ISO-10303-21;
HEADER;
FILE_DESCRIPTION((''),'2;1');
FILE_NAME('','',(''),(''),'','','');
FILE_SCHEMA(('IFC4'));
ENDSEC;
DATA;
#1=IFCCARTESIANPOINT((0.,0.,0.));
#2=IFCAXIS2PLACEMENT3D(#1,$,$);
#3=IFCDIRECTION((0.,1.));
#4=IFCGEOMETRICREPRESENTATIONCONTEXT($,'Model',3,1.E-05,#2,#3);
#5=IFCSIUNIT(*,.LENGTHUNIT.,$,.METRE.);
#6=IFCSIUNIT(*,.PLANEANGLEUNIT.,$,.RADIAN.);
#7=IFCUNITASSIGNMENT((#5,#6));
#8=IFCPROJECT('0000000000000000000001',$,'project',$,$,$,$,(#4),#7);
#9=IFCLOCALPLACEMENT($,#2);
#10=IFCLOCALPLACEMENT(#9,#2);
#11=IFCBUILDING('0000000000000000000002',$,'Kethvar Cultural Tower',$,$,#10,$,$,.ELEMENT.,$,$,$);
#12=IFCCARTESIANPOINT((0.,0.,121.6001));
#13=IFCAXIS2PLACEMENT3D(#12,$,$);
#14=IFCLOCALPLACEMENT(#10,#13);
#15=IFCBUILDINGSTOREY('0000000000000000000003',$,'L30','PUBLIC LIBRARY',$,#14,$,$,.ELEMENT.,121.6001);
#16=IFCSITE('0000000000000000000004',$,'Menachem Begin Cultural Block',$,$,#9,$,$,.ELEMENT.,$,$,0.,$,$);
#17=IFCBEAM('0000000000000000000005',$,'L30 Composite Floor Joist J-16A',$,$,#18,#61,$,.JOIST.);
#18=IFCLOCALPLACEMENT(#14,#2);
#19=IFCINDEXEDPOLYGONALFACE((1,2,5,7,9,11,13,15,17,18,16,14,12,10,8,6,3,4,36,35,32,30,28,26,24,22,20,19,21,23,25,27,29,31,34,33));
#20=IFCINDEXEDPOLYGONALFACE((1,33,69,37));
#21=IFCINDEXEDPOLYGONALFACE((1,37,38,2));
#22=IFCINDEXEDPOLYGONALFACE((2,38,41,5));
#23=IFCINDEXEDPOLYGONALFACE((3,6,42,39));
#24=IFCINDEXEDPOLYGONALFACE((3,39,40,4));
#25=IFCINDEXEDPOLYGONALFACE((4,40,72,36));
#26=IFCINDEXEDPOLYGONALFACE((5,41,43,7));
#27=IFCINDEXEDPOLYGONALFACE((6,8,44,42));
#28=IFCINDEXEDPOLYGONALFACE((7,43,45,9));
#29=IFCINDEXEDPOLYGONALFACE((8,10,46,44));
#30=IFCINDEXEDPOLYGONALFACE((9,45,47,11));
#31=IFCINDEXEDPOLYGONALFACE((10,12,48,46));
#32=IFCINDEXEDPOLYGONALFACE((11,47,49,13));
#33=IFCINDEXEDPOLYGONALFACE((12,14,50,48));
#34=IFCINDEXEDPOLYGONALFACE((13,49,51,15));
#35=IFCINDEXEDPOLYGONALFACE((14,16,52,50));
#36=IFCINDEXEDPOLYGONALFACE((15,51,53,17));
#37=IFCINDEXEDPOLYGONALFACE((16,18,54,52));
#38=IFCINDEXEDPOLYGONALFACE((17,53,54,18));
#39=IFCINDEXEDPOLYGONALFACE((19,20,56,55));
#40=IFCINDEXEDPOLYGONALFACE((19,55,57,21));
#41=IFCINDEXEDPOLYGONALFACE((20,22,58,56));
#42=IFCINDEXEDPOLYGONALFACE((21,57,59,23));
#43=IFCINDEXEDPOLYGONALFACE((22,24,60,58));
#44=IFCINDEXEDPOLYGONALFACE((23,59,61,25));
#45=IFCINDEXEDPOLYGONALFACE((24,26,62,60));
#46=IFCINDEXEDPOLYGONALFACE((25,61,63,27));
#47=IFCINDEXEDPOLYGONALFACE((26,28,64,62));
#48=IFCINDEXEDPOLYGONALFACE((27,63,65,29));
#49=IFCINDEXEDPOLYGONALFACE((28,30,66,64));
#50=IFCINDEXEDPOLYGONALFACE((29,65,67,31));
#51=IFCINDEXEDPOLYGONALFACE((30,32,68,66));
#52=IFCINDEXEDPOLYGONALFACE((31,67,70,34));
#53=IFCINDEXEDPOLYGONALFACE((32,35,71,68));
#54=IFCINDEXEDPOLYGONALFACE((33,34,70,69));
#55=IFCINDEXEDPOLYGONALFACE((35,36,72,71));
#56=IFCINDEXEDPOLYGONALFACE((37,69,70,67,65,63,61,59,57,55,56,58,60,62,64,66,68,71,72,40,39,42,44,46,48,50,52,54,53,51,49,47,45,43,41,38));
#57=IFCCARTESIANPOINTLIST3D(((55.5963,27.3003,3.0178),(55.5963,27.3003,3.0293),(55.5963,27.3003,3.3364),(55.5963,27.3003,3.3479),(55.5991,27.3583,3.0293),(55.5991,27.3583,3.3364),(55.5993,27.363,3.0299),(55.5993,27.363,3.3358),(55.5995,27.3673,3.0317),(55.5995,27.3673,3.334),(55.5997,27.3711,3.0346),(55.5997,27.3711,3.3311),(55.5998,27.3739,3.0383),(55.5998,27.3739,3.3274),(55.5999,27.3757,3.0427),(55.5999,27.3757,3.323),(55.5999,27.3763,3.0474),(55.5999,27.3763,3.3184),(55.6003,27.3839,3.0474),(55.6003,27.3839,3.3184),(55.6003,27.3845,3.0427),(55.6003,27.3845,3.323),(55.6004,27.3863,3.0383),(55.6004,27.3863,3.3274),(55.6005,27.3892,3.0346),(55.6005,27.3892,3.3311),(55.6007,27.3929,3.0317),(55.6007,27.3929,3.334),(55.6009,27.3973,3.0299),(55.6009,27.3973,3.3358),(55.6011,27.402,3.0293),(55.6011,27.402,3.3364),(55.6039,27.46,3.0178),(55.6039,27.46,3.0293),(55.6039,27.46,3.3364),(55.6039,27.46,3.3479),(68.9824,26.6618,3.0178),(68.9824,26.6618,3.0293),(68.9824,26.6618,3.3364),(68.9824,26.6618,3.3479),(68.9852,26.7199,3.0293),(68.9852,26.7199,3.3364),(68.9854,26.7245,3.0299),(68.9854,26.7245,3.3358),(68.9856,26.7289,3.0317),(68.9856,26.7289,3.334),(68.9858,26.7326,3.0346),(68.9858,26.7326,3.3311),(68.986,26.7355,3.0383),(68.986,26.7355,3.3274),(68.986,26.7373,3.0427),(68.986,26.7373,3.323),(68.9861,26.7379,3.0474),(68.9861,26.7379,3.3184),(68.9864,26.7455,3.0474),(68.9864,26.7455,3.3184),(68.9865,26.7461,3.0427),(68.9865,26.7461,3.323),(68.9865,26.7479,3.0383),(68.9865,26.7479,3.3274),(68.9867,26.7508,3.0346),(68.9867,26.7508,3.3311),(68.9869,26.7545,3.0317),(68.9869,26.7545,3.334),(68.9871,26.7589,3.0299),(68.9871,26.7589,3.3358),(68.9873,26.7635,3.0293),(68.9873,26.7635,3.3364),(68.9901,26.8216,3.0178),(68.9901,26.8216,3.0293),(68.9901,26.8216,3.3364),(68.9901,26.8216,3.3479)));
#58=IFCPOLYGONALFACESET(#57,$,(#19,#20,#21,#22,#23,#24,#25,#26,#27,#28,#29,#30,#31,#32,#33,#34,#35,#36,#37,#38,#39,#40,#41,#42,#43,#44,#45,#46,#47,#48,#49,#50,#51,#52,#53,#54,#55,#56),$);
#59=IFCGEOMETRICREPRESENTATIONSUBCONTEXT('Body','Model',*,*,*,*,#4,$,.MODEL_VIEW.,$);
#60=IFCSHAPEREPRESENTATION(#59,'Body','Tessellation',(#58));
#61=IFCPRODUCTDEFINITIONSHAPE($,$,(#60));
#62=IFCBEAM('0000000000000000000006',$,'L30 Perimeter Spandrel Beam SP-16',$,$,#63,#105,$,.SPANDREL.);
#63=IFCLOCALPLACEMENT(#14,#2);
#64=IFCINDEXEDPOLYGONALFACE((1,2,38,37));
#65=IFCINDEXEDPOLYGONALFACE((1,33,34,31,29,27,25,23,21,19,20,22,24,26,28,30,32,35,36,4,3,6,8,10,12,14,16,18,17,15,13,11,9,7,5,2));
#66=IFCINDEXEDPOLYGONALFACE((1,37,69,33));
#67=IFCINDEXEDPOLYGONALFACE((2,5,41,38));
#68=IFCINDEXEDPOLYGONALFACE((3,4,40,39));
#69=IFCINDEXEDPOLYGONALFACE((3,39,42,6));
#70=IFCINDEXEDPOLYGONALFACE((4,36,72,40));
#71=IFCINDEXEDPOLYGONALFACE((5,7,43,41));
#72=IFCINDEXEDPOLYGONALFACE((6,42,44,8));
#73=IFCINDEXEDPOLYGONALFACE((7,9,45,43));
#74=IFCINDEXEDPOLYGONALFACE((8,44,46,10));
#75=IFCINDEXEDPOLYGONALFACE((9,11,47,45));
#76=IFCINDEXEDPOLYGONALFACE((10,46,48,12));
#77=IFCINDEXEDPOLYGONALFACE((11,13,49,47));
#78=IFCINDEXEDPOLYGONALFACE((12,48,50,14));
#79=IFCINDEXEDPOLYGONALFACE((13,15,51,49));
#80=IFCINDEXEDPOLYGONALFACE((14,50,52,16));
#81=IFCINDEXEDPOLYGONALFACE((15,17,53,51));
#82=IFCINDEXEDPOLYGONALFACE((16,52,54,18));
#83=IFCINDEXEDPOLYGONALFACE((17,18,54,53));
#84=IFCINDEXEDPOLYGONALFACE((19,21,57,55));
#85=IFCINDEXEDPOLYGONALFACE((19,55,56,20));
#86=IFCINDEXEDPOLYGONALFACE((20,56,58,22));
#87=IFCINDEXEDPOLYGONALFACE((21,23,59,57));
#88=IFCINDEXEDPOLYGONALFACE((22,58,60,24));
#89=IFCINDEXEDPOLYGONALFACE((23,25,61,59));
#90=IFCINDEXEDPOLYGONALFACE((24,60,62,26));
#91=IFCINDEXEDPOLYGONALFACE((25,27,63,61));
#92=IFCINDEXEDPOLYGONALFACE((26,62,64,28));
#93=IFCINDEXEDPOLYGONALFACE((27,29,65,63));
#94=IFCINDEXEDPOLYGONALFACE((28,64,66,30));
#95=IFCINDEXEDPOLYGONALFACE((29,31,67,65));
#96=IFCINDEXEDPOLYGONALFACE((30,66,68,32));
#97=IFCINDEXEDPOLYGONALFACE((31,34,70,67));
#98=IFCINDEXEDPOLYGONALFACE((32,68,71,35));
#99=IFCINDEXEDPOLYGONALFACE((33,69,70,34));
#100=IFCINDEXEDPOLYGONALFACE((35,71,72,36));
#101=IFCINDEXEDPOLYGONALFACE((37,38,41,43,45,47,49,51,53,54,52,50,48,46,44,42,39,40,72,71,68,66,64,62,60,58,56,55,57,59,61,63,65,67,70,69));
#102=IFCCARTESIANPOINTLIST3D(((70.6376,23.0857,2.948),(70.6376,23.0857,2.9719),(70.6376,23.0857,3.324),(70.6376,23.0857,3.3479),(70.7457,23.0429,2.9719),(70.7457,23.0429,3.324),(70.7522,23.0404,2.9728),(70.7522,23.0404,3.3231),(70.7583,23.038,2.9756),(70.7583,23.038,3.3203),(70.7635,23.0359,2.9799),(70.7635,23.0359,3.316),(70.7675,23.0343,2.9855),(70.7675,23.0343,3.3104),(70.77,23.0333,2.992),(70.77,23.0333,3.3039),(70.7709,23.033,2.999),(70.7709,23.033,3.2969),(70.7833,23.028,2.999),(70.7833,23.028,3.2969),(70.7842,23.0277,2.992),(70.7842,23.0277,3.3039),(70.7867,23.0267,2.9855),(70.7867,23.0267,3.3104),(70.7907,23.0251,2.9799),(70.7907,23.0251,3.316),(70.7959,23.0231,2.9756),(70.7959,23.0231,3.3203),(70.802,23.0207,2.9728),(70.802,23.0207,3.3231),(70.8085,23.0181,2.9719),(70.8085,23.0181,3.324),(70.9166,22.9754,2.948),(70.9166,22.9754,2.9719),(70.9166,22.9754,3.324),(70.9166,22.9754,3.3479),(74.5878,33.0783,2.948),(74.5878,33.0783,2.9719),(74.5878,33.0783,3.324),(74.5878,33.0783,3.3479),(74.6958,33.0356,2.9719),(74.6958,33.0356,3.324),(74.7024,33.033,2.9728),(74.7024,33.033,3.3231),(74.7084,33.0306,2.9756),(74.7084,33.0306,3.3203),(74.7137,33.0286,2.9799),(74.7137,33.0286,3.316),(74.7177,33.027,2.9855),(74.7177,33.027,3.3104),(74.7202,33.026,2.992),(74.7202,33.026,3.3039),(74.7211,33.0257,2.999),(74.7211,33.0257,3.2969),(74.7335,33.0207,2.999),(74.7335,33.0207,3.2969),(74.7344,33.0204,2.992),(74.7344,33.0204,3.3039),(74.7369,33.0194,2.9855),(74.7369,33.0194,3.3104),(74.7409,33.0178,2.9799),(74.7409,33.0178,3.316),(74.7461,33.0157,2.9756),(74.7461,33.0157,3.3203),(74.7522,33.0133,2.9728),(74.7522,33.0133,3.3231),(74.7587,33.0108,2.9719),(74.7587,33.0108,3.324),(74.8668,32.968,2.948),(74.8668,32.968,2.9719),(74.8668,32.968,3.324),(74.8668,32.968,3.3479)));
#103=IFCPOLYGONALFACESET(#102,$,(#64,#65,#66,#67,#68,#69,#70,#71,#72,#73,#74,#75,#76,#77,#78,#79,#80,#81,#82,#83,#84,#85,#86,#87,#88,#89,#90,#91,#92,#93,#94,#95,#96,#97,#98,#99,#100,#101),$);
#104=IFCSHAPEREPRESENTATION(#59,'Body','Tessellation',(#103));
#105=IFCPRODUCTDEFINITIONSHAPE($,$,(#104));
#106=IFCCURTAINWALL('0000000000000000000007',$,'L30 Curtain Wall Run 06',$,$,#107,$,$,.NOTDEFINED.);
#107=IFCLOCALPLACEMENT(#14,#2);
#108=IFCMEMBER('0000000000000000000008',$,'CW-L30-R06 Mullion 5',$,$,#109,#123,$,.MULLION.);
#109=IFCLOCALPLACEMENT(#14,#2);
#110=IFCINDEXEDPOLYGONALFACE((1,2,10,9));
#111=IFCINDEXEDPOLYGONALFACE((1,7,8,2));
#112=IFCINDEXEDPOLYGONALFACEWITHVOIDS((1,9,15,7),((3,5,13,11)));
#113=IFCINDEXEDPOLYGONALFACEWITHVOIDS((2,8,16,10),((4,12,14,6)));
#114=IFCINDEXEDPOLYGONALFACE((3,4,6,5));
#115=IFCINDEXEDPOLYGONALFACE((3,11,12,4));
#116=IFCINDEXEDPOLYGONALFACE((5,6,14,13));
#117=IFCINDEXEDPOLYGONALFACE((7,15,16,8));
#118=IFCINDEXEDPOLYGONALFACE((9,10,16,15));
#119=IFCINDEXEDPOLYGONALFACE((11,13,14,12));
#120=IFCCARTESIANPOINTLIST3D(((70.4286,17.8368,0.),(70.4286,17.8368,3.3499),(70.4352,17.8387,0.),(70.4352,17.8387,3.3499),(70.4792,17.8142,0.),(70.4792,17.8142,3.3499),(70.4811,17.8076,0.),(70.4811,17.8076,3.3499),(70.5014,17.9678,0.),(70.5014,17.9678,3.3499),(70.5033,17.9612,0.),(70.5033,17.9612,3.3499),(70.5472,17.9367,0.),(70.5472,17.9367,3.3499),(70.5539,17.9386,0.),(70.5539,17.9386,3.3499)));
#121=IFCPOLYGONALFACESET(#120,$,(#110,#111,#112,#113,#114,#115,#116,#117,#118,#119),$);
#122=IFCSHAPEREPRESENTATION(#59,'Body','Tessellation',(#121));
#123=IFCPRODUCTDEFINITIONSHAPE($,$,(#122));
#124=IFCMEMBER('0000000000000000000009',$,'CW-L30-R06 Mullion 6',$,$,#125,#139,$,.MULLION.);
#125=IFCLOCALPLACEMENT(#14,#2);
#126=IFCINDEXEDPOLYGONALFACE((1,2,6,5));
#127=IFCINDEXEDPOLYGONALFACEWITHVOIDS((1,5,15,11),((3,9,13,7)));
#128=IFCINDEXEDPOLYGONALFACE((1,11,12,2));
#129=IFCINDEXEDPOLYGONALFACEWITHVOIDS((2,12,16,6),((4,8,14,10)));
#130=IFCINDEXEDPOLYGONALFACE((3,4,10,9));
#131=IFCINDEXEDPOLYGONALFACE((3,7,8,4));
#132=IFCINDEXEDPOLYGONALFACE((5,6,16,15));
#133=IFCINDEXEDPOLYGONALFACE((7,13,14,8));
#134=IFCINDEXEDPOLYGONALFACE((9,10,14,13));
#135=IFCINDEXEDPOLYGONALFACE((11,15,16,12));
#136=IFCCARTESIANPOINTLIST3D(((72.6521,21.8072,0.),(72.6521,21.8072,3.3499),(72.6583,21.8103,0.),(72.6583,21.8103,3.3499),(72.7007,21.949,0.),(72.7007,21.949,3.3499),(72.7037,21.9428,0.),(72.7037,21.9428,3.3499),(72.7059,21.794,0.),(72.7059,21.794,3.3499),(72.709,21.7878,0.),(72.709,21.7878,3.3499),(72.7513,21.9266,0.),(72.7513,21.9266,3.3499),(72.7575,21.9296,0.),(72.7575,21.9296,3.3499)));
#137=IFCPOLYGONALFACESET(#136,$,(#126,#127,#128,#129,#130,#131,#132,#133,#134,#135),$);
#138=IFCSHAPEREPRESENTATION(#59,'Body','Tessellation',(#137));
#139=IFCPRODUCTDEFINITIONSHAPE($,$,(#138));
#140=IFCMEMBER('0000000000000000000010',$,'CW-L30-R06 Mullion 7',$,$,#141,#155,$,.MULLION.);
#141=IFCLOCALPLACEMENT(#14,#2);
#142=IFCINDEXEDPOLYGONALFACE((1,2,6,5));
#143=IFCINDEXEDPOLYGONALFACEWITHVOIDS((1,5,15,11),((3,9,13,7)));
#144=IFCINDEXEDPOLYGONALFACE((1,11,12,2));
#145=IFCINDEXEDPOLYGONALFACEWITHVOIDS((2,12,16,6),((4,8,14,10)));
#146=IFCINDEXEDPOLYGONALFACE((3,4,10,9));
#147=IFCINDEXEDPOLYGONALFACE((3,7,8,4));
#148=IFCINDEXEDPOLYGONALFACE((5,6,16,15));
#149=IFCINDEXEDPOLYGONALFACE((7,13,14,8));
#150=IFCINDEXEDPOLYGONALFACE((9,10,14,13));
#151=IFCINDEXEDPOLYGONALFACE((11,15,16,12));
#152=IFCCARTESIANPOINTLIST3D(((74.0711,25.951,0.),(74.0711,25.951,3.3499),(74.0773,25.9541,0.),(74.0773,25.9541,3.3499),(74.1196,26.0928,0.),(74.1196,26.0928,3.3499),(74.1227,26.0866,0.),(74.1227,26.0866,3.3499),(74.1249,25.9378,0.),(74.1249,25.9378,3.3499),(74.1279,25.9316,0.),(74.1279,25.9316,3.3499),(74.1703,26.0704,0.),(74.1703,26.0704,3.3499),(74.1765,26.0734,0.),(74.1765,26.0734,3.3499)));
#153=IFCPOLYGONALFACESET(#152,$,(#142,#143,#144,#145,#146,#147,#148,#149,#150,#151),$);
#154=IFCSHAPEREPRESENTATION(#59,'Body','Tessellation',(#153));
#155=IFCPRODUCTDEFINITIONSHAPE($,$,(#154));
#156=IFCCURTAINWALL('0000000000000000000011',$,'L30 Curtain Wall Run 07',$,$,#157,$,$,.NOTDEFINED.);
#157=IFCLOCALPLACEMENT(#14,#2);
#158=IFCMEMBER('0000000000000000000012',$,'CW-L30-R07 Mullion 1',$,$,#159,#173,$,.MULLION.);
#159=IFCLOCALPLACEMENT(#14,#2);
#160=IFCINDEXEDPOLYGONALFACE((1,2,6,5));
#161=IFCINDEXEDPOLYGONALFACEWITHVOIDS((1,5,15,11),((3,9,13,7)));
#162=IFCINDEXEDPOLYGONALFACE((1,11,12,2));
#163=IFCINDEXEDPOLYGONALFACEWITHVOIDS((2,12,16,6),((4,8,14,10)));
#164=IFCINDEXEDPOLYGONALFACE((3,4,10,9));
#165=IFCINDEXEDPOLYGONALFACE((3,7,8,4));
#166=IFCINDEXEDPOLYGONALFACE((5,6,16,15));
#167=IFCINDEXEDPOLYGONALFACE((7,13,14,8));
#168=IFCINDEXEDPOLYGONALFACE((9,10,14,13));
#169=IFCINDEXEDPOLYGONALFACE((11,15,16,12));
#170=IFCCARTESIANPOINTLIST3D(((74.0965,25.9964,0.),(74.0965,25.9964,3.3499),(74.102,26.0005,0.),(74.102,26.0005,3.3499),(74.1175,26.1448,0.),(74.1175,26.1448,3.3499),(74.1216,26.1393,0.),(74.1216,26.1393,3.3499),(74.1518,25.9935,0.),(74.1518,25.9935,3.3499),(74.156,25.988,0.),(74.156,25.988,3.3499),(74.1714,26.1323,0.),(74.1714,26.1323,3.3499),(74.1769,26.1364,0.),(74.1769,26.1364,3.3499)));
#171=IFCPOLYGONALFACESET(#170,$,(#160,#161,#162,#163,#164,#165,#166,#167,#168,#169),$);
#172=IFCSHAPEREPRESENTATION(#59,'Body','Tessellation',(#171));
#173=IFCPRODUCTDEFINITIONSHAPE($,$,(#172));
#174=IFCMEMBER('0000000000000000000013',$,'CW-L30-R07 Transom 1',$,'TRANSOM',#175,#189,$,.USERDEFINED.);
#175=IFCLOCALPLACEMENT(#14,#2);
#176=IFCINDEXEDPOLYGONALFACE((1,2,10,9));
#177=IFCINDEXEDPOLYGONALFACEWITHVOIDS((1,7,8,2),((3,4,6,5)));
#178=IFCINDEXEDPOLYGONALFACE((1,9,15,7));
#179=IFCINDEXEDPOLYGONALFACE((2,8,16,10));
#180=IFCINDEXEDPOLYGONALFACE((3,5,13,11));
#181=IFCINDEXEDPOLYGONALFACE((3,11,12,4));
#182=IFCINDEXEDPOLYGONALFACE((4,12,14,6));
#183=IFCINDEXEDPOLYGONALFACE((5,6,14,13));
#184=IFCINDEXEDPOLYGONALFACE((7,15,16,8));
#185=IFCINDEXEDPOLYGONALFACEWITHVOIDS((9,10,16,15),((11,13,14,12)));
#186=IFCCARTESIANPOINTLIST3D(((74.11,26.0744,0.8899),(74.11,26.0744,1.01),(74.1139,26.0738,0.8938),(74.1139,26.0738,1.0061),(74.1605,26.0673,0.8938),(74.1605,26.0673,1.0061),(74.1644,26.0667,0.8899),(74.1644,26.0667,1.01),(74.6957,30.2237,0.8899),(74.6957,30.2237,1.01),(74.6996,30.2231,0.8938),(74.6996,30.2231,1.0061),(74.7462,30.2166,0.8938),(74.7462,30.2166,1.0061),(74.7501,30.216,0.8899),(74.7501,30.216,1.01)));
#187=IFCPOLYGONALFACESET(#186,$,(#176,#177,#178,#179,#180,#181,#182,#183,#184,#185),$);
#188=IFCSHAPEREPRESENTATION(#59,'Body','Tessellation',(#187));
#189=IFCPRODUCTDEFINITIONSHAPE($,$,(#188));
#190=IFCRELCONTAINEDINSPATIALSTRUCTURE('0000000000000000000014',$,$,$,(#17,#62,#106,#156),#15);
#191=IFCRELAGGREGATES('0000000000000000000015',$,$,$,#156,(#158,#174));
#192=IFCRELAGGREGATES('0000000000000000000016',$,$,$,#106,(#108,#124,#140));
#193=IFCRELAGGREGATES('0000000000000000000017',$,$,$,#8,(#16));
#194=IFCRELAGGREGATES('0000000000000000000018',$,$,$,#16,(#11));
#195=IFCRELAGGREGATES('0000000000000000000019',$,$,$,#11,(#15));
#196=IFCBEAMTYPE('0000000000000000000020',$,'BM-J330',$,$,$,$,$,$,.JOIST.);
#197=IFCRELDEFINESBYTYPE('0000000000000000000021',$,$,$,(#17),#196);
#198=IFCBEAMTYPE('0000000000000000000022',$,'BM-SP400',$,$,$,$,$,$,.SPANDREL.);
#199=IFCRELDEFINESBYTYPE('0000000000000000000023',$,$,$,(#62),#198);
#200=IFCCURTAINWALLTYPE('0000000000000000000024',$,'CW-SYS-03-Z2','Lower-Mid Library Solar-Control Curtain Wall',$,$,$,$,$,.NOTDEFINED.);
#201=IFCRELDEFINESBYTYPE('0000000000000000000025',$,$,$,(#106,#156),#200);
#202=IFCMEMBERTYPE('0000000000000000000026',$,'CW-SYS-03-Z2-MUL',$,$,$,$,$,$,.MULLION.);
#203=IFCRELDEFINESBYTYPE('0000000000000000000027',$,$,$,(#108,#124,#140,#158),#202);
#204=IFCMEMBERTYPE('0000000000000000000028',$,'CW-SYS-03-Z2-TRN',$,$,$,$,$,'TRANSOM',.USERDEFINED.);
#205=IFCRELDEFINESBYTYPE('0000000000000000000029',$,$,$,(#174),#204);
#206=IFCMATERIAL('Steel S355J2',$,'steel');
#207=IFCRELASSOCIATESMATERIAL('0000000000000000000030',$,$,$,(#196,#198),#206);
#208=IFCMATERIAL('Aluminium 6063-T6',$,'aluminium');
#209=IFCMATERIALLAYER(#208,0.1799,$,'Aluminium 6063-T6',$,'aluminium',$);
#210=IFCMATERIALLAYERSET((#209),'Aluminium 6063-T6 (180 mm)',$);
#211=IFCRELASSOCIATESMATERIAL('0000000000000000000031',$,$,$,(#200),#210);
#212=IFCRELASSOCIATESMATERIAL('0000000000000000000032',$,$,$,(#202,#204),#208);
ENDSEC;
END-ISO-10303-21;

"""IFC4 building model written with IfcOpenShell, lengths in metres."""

from ifc_helpers import new_model, si_unit, direction, frame, origin, origin_2d, place, context, subcontext, project, spatial, hollow_rectangle, i_section, extrude, source, transform, mapped, material, layer, layer_set, material_profile, profile_set, type_object, element, aggregate, save


model = new_model("IFC4")

# Units and contexts
model_context = context("Model", 3, precision=1e-05, world=origin(), true_north=direction((0.0, 1.0)))
body_context = subcontext(model_context, "Body", "Model", "MODEL_VIEW")
ifc_project = project(units=[si_unit("LENGTHUNIT", "METRE"), si_unit("PLANEANGLEUNIT", "RADIAN")], contexts=[model_context])

# Site, building, storey
site_placement = place(None, origin())
site = spatial("IfcSite", under=ifc_project, at=site_placement, Name="Menachem Begin Cultural Block", CompositionType="ELEMENT", RefElevation=0.0)
building_placement = place(site_placement, origin())
building = spatial("IfcBuilding", under=site, at=building_placement, Name="Kethvar Cultural Tower", CompositionType="ELEMENT")
storey_placement = place(building_placement, frame((0.0, 0.0, 121.6001)))
storey = spatial("IfcBuildingStorey", under=building, at=storey_placement, Name="L30", Description="PUBLIC LIBRARY", CompositionType="ELEMENT", Elevation=121.6001)

# Beams
ifc_material_1 = material(Name="Steel S355J2", Category="steel")
ifc_material_profile_1 = material_profile(ifc_material_1, i_section(OverallWidth=0.1599, OverallDepth=0.3301, WebThickness=0.0076, FlangeThickness=0.0115, FilletRadius=0.0181, at=origin_2d()), Name="Steel S355J2 — IPE330")
ifc_profile_set_1 = profile_set([ifc_material_profile_1], Name="Steel S355J2 — IPE330")
beam_type_1 = type_object("IfcBeamType", Name="BM-J330", PredefinedType="JOIST", material=ifc_profile_set_1)
shared_shape_1 = source(origin(), body_context, "Body", "SweptSolid", [
    extrude(i_section(OverallWidth=0.1599, OverallDepth=0.3301, WebThickness=0.0076, FlangeThickness=0.0115, FilletRadius=0.0181, at=origin_2d()), origin(), (0.0, 0.0, 1.0), 13.4014),
])
beam_1_placement = place(storey_placement, frame((55.6001, 27.3801, 3.1829), z_axis=(0.998865, -0.047639, 0.0), x_axis=(0.047639, 0.998865, 0.0)))
element("IfcBeam", 1, at=beam_1_placement, inside=storey, type_object=beam_type_1, Name="L30 Composite Floor Joist J-16A", PredefinedType="JOIST", context=body_context, shape_type="MappedRepresentation", body=[
    mapped(shared_shape_1, transform((0.0, 0.0, 0.0), scale=1.0)),
])
ifc_material_profile_2 = material_profile(ifc_material_1, i_section(OverallWidth=0.3, OverallDepth=0.3999, WebThickness=0.0134, FlangeThickness=0.0239, FilletRadius=0.0271, at=origin_2d()), Name="Steel S355J2 — HEB400")
ifc_profile_set_2 = profile_set([ifc_material_profile_2], Name="Steel S355J2 — HEB400")
beam_type_2 = type_object("IfcBeamType", Name="BM-SP400", PredefinedType="SPANDREL", material=ifc_profile_set_2)
shared_shape_2 = source(origin(), body_context, "Body", "SweptSolid", [
    extrude(i_section(OverallWidth=0.3, OverallDepth=0.3999, WebThickness=0.0134, FlangeThickness=0.0239, FilletRadius=0.0271, at=origin_2d()), origin(), (0.0, 0.0, 1.0), 10.7451),
])
beam_2_placement = place(storey_placement, frame((70.7771, 23.0305, 3.1479), z_axis=(0.367627, 0.929973, 0.0), x_axis=(-0.929973, 0.367627, 0.0)))
element("IfcBeam", 2, at=beam_2_placement, inside=storey, type_object=beam_type_2, Name="L30 Perimeter Spandrel Beam SP-16", PredefinedType="SPANDREL", context=body_context, shape_type="MappedRepresentation", body=[
    mapped(shared_shape_2, transform((0.0, 0.0, 0.0), scale=1.0)),
])

# Curtain walls, members
ifc_material_2 = material(Name="Aluminium 6063-T6", Category="aluminium")
ifc_layer_1 = layer(ifc_material_2, 0.1799, Name="Aluminium 6063-T6", Category="aluminium")
ifc_layer_set_1 = layer_set([ifc_layer_1], Name="Aluminium 6063-T6 (180 mm)")
curtain_wall_type = type_object("IfcCurtainWallType", Name="CW-SYS-03-Z2", Description="Lower-Mid Library Solar-Control Curtain Wall", PredefinedType="NOTDEFINED", material=ifc_layer_set_1)
curtain_wall_1_placement = place(storey_placement, origin())
curtain_wall_1 = element("IfcCurtainWall", 3, at=curtain_wall_1_placement, inside=storey, type_object=curtain_wall_type, Name="L30 Curtain Wall Run 06", PredefinedType="NOTDEFINED")
ifc_material_profile_3 = material_profile(ifc_material_2, hollow_rectangle(XDim=0.0601, YDim=0.1499, WallThickness=0.0049, at=origin_2d()), Name="Aluminium 6063-T6 — RHS150x60x5")
ifc_profile_set_3 = profile_set([ifc_material_profile_3], Name="Aluminium 6063-T6 — RHS150x60x5")
member_type_1 = type_object("IfcMemberType", Name="CW-SYS-03-Z2-MUL", PredefinedType="MULLION", material=ifc_profile_set_3)
shared_shape_3 = source(origin(), body_context, "Body", "SweptSolid", [
    extrude(hollow_rectangle(XDim=0.0601, YDim=0.1499, WallThickness=0.0049, at=origin_2d()), origin(), (0.0, 0.0, 1.0), 3.3499),
])
member_1_placement = place(storey_placement, frame((70.4912, 17.8877, 0.0), z_axis=(0.0, 0.0, 1.0), x_axis=(-0.874145, 0.485664, 0.0)))
member_1 = element("IfcMember", 4, at=member_1_placement, type_object=member_type_1, Name="CW-L30-R06 Mullion 5", PredefinedType="MULLION", context=body_context, shape_type="MappedRepresentation", body=[
    mapped(shared_shape_3, transform((0.0, 0.0, 0.0), scale=1.0)),
])
member_2_placement = place(storey_placement, frame((72.7048, 21.8684, 0.0), z_axis=(0.0, 0.0, 1.0), x_axis=(-0.946074, 0.32395, 0.0)))
member_2 = element("IfcMember", 5, at=member_2_placement, type_object=member_type_1, Name="CW-L30-R06 Mullion 6", PredefinedType="MULLION", context=body_context, shape_type="MappedRepresentation", body=[
    mapped(shared_shape_3, transform((0.0, 0.0, 0.0), scale=1.0)),
])
member_3_placement = place(storey_placement, frame((74.1238, 26.0122, 0.0), z_axis=(0.0, 0.0, 1.0), x_axis=(-0.946074, 0.32395, 0.0)))
member_3 = element("IfcMember", 6, at=member_3_placement, type_object=member_type_1, Name="CW-L30-R06 Mullion 7", PredefinedType="MULLION", context=body_context, shape_type="MappedRepresentation", body=[
    mapped(shared_shape_3, transform((0.0, 0.0, 0.0), scale=1.0)),
])
curtain_wall_2_placement = place(storey_placement, origin())
curtain_wall_2 = element("IfcCurtainWall", 7, at=curtain_wall_2_placement, inside=storey, type_object=curtain_wall_type, Name="L30 Curtain Wall Run 07", PredefinedType="NOTDEFINED")
member_4_placement = place(storey_placement, frame((74.1367, 26.0664, 0.0), z_axis=(0.0, 0.0, 1.0), x_axis=(-0.99019, 0.139726, 0.0)))
member_4 = element("IfcMember", 8, at=member_4_placement, type_object=member_type_1, Name="CW-L30-R07 Mullion 1", PredefinedType="MULLION", context=body_context, shape_type="MappedRepresentation", body=[
    mapped(shared_shape_3, transform((0.0, 0.0, 0.0), scale=1.0)),
])
ifc_material_profile_4 = material_profile(ifc_material_2, hollow_rectangle(XDim=0.0549, YDim=0.1201, WallThickness=0.0039, at=origin_2d()), Name="Aluminium 6063-T6 — RHS120x55x4")
ifc_profile_set_4 = profile_set([ifc_material_profile_4], Name="Aluminium 6063-T6 — RHS120x55x4")
member_type_2 = type_object("IfcMemberType", Name="CW-SYS-03-Z2-TRN", ElementType="TRANSOM", PredefinedType="USERDEFINED", material=ifc_profile_set_4)
shared_shape_4 = source(origin(), body_context, "Body", "SweptSolid", [
    extrude(hollow_rectangle(XDim=0.0549, YDim=0.1201, WallThickness=0.0039, at=origin_2d()), origin(), (0.0, 0.0, 1.0), 4.1904),
])
member_5_placement = place(storey_placement, frame((74.1372, 26.0706, 0.95), z_axis=(0.139765, 0.990185, 0.0), x_axis=(-0.990185, 0.139765, 0.0)))
member_5 = element("IfcMember", 9, at=member_5_placement, type_object=member_type_2, Name="CW-L30-R07 Transom 1", ObjectType="TRANSOM", PredefinedType="USERDEFINED", context=body_context, shape_type="MappedRepresentation", body=[
    mapped(shared_shape_4, transform((0.0, 0.0, 0.0), scale=1.0)),
])
aggregate(curtain_wall_2, [member_4, member_5])

aggregate(curtain_wall_1, [member_1, member_2, member_3])

save(model, "model.ifc")
